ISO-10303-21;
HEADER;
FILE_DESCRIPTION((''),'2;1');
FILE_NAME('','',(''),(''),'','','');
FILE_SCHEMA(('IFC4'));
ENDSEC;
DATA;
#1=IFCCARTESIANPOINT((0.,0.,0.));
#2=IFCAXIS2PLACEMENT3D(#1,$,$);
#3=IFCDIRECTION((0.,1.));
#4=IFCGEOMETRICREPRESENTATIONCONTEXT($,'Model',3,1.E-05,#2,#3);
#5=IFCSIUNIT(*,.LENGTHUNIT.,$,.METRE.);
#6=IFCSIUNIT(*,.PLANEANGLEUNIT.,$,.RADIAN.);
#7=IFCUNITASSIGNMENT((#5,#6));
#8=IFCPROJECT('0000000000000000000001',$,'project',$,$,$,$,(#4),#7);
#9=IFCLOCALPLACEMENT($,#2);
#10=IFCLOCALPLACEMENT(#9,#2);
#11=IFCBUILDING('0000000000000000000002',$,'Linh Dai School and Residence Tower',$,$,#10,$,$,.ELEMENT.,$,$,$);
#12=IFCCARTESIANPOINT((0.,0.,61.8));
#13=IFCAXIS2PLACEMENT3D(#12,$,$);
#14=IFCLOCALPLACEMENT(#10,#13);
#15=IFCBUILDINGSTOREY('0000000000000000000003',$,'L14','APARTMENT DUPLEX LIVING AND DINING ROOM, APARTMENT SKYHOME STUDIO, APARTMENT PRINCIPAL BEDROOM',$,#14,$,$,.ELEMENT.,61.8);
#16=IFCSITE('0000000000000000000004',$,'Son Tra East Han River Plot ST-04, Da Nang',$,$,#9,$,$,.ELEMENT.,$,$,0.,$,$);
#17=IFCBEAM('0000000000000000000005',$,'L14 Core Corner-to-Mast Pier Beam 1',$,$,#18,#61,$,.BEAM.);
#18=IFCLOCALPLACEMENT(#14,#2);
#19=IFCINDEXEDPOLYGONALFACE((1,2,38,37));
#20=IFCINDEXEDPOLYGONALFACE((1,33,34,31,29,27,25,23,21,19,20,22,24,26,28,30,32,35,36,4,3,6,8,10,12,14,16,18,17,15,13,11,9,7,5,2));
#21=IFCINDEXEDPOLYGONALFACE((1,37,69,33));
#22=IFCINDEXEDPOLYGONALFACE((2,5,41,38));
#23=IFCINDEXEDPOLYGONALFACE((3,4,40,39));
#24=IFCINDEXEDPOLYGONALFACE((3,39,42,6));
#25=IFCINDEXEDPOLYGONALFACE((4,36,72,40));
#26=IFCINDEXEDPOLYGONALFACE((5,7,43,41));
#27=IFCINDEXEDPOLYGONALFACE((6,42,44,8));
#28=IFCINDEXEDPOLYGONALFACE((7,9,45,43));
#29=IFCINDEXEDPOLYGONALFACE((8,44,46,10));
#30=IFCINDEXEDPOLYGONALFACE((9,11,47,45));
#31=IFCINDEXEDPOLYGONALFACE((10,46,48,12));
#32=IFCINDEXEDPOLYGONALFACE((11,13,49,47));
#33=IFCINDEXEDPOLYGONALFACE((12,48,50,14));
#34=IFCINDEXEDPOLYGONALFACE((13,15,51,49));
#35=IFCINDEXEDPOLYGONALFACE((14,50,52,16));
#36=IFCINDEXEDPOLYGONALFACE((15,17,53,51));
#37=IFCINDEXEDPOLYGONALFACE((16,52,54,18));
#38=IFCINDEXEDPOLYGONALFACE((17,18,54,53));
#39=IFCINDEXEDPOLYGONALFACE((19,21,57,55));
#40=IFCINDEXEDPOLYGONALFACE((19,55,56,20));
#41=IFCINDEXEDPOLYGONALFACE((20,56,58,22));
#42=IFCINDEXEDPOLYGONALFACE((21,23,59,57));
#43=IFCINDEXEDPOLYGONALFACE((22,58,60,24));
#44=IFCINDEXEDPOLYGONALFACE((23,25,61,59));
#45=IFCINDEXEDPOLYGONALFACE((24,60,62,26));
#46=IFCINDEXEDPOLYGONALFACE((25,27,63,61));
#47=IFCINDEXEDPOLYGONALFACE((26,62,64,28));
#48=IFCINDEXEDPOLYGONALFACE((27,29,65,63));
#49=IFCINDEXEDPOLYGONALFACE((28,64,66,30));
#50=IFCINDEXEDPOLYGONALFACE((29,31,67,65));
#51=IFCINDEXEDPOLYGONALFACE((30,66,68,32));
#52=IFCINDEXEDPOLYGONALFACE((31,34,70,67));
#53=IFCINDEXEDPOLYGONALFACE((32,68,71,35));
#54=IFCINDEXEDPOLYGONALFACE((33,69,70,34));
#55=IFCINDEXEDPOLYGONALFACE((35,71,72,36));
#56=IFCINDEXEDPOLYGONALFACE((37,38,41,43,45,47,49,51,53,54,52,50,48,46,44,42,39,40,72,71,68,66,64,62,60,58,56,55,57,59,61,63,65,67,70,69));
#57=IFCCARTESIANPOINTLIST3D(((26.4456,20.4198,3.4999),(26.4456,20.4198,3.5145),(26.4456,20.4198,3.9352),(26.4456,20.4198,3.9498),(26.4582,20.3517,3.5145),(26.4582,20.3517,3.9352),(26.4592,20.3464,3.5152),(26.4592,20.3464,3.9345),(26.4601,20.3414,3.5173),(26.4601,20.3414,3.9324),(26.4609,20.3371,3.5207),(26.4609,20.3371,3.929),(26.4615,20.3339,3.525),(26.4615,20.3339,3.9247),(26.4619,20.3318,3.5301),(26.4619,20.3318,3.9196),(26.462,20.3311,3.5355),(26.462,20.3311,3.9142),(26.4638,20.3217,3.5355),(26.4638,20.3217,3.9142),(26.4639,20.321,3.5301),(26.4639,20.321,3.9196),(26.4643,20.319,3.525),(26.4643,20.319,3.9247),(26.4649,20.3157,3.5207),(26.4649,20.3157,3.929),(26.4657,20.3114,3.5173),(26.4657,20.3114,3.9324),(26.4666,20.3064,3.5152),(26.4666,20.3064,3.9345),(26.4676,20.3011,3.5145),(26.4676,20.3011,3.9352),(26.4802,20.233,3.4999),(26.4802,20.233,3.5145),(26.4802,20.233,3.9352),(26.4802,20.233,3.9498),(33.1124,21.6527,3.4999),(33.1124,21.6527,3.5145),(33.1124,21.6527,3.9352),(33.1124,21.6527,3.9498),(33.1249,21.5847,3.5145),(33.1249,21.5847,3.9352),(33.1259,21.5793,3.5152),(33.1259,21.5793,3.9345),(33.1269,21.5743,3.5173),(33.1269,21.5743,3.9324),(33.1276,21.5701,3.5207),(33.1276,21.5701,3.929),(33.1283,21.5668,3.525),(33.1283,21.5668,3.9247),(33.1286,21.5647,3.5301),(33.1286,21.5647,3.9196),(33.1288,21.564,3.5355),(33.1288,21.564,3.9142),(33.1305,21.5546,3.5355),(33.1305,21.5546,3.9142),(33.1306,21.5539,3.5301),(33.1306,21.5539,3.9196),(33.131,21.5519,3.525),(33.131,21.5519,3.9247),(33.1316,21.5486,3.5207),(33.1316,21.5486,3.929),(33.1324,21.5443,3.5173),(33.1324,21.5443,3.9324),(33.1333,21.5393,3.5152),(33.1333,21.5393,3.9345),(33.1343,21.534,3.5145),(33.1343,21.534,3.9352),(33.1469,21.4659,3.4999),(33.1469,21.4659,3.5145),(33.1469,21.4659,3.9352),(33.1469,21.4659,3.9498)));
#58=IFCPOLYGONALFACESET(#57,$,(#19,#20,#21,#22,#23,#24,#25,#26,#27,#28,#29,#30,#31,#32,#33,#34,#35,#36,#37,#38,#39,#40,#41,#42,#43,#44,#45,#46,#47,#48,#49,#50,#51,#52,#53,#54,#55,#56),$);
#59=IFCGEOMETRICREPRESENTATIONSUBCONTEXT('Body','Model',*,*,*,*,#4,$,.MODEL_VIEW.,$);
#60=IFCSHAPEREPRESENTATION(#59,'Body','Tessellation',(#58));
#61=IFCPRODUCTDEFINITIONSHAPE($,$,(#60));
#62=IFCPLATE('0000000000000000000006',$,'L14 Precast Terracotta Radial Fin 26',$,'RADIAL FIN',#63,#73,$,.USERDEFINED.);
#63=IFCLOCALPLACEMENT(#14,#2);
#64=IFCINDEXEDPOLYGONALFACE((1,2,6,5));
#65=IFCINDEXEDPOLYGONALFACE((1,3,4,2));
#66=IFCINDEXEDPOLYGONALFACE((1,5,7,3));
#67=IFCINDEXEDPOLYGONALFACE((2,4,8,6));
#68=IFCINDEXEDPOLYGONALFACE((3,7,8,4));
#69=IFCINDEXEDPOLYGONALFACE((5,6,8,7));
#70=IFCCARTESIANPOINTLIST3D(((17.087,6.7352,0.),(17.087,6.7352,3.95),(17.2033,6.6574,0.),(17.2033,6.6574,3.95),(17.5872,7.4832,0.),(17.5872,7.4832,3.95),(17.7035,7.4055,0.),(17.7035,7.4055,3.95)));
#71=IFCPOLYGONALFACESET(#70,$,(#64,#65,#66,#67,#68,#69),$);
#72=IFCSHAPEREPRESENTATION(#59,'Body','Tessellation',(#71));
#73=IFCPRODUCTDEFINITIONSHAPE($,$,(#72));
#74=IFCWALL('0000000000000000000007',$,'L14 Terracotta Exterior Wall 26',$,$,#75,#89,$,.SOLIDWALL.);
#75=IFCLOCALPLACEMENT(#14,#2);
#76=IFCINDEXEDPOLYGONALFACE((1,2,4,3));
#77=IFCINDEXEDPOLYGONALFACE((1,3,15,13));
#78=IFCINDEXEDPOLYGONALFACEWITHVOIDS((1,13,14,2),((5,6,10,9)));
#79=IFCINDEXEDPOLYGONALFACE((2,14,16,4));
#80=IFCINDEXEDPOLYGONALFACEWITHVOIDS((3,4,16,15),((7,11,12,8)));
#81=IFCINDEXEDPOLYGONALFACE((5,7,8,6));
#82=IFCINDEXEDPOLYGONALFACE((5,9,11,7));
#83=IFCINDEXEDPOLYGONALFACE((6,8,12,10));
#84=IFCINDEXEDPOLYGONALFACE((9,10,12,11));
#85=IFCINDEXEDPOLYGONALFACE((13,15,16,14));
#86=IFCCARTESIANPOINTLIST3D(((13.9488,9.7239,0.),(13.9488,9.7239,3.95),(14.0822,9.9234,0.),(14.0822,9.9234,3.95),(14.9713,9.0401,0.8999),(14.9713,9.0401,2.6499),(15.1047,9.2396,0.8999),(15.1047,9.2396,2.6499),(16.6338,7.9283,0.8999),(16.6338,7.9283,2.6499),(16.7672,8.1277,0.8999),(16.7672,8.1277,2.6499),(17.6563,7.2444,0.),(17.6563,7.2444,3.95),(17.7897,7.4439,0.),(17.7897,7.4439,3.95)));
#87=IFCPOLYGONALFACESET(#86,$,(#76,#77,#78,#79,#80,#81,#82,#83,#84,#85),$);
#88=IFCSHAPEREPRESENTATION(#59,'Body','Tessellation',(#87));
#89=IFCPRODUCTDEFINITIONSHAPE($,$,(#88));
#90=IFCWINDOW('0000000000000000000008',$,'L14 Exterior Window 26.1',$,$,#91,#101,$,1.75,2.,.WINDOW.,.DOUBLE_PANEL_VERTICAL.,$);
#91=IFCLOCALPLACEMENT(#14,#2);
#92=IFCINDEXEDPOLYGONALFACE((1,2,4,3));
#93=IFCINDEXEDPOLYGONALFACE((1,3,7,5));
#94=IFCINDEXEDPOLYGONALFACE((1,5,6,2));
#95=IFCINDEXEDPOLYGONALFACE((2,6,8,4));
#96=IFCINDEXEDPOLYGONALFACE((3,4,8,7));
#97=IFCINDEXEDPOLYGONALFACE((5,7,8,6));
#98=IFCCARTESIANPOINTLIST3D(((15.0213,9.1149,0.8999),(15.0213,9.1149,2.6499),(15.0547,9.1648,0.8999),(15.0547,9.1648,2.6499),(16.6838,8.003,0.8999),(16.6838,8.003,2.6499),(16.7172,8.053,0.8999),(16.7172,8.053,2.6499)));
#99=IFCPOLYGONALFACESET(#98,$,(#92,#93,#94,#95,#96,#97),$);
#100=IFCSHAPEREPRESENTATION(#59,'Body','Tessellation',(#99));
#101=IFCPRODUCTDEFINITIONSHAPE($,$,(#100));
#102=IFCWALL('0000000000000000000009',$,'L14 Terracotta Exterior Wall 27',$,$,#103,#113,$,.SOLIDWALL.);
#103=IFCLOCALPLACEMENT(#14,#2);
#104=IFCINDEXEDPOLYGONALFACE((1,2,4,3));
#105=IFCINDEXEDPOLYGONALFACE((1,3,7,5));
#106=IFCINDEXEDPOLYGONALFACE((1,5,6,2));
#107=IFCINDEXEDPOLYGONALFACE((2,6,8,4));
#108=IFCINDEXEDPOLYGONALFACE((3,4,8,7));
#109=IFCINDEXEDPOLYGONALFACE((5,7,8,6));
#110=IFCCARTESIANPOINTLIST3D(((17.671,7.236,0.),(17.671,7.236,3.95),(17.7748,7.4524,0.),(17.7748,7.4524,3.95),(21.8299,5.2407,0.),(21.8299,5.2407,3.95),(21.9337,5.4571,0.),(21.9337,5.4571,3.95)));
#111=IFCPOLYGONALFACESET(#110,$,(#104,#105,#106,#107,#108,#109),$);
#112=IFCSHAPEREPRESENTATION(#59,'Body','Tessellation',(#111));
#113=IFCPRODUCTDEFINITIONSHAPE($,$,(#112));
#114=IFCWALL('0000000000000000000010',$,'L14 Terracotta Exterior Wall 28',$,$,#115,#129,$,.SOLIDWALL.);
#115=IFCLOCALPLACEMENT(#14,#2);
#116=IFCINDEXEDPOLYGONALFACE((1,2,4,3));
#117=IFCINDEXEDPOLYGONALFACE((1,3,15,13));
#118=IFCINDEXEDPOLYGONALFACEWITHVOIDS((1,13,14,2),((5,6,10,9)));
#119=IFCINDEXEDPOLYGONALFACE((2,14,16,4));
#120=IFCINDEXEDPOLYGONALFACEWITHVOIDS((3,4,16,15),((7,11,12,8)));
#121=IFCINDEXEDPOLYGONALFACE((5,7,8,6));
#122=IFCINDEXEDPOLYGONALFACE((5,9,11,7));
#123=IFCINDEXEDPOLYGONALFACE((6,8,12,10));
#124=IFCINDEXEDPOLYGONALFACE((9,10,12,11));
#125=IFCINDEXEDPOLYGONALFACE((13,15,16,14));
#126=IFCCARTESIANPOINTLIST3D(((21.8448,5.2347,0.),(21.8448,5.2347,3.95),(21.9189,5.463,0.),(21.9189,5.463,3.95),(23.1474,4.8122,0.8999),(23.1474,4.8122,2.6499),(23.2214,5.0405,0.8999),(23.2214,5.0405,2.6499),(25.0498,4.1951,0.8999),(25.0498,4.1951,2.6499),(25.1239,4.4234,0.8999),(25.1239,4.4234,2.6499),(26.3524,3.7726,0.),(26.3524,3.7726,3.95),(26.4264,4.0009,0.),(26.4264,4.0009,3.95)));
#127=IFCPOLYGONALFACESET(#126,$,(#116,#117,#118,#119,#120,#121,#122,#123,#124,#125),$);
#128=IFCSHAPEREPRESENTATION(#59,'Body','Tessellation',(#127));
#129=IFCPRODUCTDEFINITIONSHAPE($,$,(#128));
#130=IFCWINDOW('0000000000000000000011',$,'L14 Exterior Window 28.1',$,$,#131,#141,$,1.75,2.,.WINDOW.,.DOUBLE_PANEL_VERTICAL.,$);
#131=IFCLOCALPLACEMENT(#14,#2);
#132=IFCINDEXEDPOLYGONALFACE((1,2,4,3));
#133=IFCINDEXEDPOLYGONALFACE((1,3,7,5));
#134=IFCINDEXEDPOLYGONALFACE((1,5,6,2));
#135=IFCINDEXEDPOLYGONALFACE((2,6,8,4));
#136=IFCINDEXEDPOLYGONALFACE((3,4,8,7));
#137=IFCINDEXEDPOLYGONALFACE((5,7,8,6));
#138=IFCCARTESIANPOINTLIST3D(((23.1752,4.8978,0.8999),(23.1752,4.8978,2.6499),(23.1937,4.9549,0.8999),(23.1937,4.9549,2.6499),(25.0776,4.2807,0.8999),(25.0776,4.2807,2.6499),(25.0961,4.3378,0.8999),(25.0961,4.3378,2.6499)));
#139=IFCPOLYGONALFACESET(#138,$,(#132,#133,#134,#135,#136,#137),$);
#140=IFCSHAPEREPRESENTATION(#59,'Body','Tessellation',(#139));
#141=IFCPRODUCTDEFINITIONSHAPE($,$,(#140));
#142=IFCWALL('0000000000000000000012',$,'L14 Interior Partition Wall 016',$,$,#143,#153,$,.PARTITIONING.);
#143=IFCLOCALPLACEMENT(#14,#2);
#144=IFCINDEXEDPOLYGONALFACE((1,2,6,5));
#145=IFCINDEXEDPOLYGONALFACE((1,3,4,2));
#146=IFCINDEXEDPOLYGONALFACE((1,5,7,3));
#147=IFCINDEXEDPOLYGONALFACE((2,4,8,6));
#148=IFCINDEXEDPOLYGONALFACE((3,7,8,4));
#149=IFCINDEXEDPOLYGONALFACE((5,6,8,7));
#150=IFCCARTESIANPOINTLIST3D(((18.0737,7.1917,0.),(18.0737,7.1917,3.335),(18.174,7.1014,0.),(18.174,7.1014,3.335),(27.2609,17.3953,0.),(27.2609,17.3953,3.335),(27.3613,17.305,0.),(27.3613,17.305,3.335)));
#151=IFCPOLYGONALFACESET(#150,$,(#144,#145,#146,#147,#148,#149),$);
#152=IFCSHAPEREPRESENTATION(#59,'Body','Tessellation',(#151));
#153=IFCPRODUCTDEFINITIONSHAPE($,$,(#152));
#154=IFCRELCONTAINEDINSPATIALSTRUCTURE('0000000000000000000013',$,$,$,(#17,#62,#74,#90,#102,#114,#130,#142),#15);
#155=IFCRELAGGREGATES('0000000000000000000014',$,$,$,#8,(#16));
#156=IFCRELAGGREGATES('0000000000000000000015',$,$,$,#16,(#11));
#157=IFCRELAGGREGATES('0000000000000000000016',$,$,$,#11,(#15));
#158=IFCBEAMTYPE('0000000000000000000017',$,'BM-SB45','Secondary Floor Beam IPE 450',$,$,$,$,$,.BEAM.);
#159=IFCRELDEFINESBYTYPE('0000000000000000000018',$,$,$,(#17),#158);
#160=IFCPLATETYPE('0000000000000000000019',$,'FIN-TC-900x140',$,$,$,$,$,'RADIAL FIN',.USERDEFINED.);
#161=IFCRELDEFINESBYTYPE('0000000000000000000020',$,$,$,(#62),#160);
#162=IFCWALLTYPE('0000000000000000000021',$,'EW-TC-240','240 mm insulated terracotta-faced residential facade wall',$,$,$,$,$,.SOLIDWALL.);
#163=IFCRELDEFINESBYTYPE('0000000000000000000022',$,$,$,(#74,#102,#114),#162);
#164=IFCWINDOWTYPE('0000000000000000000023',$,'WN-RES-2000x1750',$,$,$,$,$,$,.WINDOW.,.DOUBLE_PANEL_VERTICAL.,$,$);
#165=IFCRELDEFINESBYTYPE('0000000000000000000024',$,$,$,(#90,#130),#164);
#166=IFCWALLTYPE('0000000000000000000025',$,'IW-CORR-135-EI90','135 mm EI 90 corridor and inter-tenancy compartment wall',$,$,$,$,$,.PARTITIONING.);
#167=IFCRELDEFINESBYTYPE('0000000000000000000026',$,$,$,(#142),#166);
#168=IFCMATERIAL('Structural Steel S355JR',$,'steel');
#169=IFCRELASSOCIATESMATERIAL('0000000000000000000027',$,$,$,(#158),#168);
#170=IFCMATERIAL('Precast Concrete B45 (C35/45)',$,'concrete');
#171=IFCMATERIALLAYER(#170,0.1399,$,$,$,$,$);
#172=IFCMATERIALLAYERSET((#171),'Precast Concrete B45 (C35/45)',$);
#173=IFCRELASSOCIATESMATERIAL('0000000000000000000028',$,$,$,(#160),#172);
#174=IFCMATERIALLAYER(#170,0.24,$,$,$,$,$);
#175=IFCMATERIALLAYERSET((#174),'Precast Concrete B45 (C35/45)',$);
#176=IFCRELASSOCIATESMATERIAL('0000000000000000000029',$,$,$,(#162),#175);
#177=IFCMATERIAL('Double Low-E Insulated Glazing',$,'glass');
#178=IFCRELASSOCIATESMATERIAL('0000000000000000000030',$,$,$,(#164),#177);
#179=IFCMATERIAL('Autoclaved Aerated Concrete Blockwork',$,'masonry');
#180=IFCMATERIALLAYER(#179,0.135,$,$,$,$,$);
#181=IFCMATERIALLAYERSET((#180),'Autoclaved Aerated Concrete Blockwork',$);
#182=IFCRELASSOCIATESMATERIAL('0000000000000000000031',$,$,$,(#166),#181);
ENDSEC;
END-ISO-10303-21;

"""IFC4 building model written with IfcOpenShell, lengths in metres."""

from ifc_helpers import new_model, si_unit, direction, frame, frame_2d, origin, origin_2d, place, context, subcontext, project, spatial, rectangle, i_section, extrude, source, transform, mapped, material, layer, layer_set, material_profile, profile_set, type_object, element, fill, save


model = new_model("IFC4")

# Units and contexts
model_context = context("Model", 3, precision=1e-05, world=origin(), true_north=direction((0.0, 1.0)))
body_context = subcontext(model_context, "Body", "Model", "MODEL_VIEW")
ifc_project = project(units=[si_unit("LENGTHUNIT", "METRE"), si_unit("PLANEANGLEUNIT", "RADIAN")], contexts=[model_context])

# Site, building, storey
site_placement = place(None, origin())
site = spatial("IfcSite", under=ifc_project, at=site_placement, Name="Son Tra East Han River Plot ST-04, Da Nang", CompositionType="ELEMENT", RefElevation=0.0)
building_placement = place(site_placement, origin())
building = spatial("IfcBuilding", under=site, at=building_placement, Name="Linh Dai School and Residence Tower", CompositionType="ELEMENT")
storey_placement = place(building_placement, frame((0.0, 0.0, 61.8)))
storey = spatial("IfcBuildingStorey", under=building, at=storey_placement, Name="L14", Description="APARTMENT DUPLEX LIVING AND DINING ROOM, APARTMENT SKYHOME STUDIO, APARTMENT PRINCIPAL BEDROOM", CompositionType="ELEMENT", Elevation=61.8)

# Shared definitions
ifc_material_1 = material(Name="Structural Steel S355JR", Category="steel")

# Beam
ifc_material_profile_1 = material_profile(ifc_material_1, i_section(OverallWidth=0.1899, OverallDepth=0.45, WebThickness=0.0095, FlangeThickness=0.0146, FilletRadius=0.021, at=origin_2d()), Name="IPE 450")
ifc_profile_set_1 = profile_set([ifc_material_profile_1], Name="Structural Steel S355JR")
beam_type_1 = type_object("IfcBeamType", Name="BM-SB45", Description="Secondary Floor Beam IPE 450", PredefinedType="BEAM", material=ifc_profile_set_1)
beam_1_placement = place(storey_placement, frame((26.4629, 20.3264, 3.7249), z_axis=(0.983326, 0.181851, 0.0), x_axis=(-0.181851, 0.983326, 0.0)))
element("IfcBeam", 1, at=beam_1_placement, inside=storey, type_object=beam_type_1, Name="L14 Core Corner-to-Mast Pier Beam 1", PredefinedType="BEAM", context=body_context, shape_type="SweptSolid", body=[
    extrude(i_section(OverallWidth=0.1899, OverallDepth=0.45, WebThickness=0.0095, FlangeThickness=0.0146, FilletRadius=0.021, at=origin_2d()), origin(), (0.0, 0.0, 1.0), 6.7798),
])

# Plate
ifc_material_2 = material(Name="Precast Concrete B45 (C35/45)", Category="concrete")
ifc_layer_1 = layer(ifc_material_2, 0.1399)
ifc_layer_set_1 = layer_set([ifc_layer_1], Name="Precast Concrete B45 (C35/45)")
plate_type = type_object("IfcPlateType", Name="FIN-TC-900x140", ElementType="RADIAL FIN", PredefinedType="USERDEFINED", material=ifc_layer_set_1)
shared_shape_1 = source(origin(), body_context, "Body", "SweptSolid", [
    extrude(rectangle(XDim=0.8999, YDim=0.1399, at=origin_2d()), origin(), (0.0, 0.0, 1.0), 3.95),
])
plate_placement = place(storey_placement, frame((17.3953, 7.0703, 0.0), z_axis=(0.0, 0.0, 1.0), x_axis=(-0.555898, -0.831251, 0.0)))
element("IfcPlate", 2, at=plate_placement, inside=storey, type_object=plate_type, Name="L14 Precast Terracotta Radial Fin 26", ObjectType="RADIAL FIN", PredefinedType="USERDEFINED", context=body_context, shape_type="MappedRepresentation", body=[
    mapped(shared_shape_1, transform((0.0, 0.0, 0.0), x_axis=(1.0, 0.0, 0.0), y_axis=(0.0, 1.0, 0.0), z_axis=(0.0, 0.0, 1.0), scale=1.0)),
])

# Wall, opening, window
ifc_layer_2 = layer(ifc_material_2, 0.24)
ifc_layer_set_2 = layer_set([ifc_layer_2], Name="Precast Concrete B45 (C35/45)")
wall_type_1 = type_object("IfcWallType", Name="EW-TC-240", Description="240 mm insulated terracotta-faced residential facade wall", PredefinedType="SOLIDWALL", material=ifc_layer_set_2)
wall_1_placement = place(storey_placement, frame((17.7229, 7.3442, 0.0), z_axis=(0.0, 0.0, 1.0), x_axis=(-0.831241, 0.555912, 0.0)))
wall_1 = element("IfcWall", 3, at=wall_1_placement, inside=storey, type_object=wall_type_1, Name="L14 Terracotta Exterior Wall 26", PredefinedType="SOLIDWALL", context=body_context, shape_type="SweptSolid", body=[
    extrude(rectangle(XDim=4.4602, YDim=0.24, at=frame_2d((2.23, 0.0))), origin(), (0.0, 0.0, 1.0), 3.95),
])
opening_1_placement = place(wall_1_placement, frame((1.23, 0.0, 0.8999)))
opening_1 = element("IfcOpeningElement", 4, at=opening_1_placement, cuts=wall_1, PredefinedType="OPENING", context=body_context, shape_type="SweptSolid", body=[
    extrude(rectangle(XDim=2.0, YDim=1.75, at=origin_2d()), frame((1.0, 0.1299, 0.875), z_axis=(0.0, -1.0, 0.0), x_axis=(1.0, 0.0, 0.0)), (0.0, 0.0, 1.0), 0.26),
])
ifc_material_3 = material(Name="Double Low-E Insulated Glazing", Category="glass")
window_type = type_object("IfcWindowType", Name="WN-RES-2000x1750", PartitioningType="DOUBLE_PANEL_VERTICAL", PredefinedType="WINDOW", material=ifc_material_3)
shared_shape_2 = source(origin(), body_context, "Body", "SweptSolid", [
    extrude(rectangle(XDim=2.0, YDim=1.75, at=origin_2d()), frame((1.0, 0.03, 0.875), z_axis=(0.0, -1.0, 0.0), x_axis=(1.0, 0.0, 0.0)), (0.0, 0.0, 1.0), 0.0601),
])
window_1_placement = place(opening_1_placement, origin())
window_1 = element("IfcWindow", 5, at=window_1_placement, inside=storey, type_object=window_type, Name="L14 Exterior Window 26.1", OverallHeight=1.75, OverallWidth=2.0, PartitioningType="DOUBLE_PANEL_VERTICAL", PredefinedType="WINDOW", context=body_context, shape_type="MappedRepresentation", body=[
    mapped(shared_shape_2, transform((0.0, 0.0, 0.0), x_axis=(1.0, 0.0, 0.0), y_axis=(0.0, 1.0, 0.0), z_axis=(0.0, 0.0, 1.0), scale=1.0)),
])
fill(opening_1, window_1)

# Wall
wall_2_placement = place(storey_placement, frame((21.8818, 5.3489, 0.0), z_axis=(0.0, 0.0, 1.0), x_axis=(-0.901602, 0.432568, 0.0)))
element("IfcWall", 6, at=wall_2_placement, inside=storey, type_object=wall_type_1, Name="L14 Terracotta Exterior Wall 27", PredefinedType="SOLIDWALL", context=body_context, shape_type="SweptSolid", body=[
    extrude(rectangle(XDim=4.6128, YDim=0.24, at=frame_2d((2.3064, 0.0))), origin(), (0.0, 0.0, 1.0), 3.95),
])

# Wall, opening, window
wall_3_placement = place(storey_placement, frame((26.3894, 3.8867, 0.0), z_axis=(0.0, 0.0, 1.0), x_axis=(-0.951208, 0.308551, 0.0)))
wall_3 = element("IfcWall", 7, at=wall_3_placement, inside=storey, type_object=wall_type_1, Name="L14 Terracotta Exterior Wall 28", PredefinedType="SOLIDWALL", context=body_context, shape_type="SweptSolid", body=[
    extrude(rectangle(XDim=4.7388, YDim=0.24, at=frame_2d((2.3694, 0.0))), origin(), (0.0, 0.0, 1.0), 3.95),
])
opening_2_placement = place(wall_3_placement, frame((1.3694, 0.0, 0.8999)))
opening_2 = element("IfcOpeningElement", 8, at=opening_2_placement, cuts=wall_3, PredefinedType="OPENING", context=body_context, shape_type="SweptSolid", body=[
    extrude(rectangle(XDim=2.0, YDim=1.75, at=origin_2d()), frame((1.0, 0.1299, 0.875), z_axis=(0.0, -1.0, 0.0), x_axis=(1.0, 0.0, 0.0)), (0.0, 0.0, 1.0), 0.26),
])
window_2_placement = place(opening_2_placement, origin())
window_2 = element("IfcWindow", 9, at=window_2_placement, inside=storey, type_object=window_type, Name="L14 Exterior Window 28.1", OverallHeight=1.75, OverallWidth=2.0, PartitioningType="DOUBLE_PANEL_VERTICAL", PredefinedType="WINDOW", context=body_context, shape_type="MappedRepresentation", body=[
    mapped(shared_shape_2, transform((0.0, 0.0, 0.0), x_axis=(1.0, 0.0, 0.0), y_axis=(0.0, 1.0, 0.0), z_axis=(0.0, 0.0, 1.0), scale=1.0)),
])
fill(opening_2, window_2)

# Wall
ifc_material_4 = material(Name="Autoclaved Aerated Concrete Blockwork", Category="masonry")
ifc_layer_3 = layer(ifc_material_4, 0.135)
ifc_layer_set_3 = layer_set([ifc_layer_3], Name="Autoclaved Aerated Concrete Blockwork")
wall_type_2 = type_object("IfcWallType", Name="IW-CORR-135-EI90", Description="135 mm EI 90 corridor and inter-tenancy compartment wall", PredefinedType="PARTITIONING", material=ifc_layer_set_3)
wall_4_placement = place(storey_placement, frame((18.1238, 7.1465, 0.0), z_axis=(0.0, 0.0, 1.0), x_axis=(0.669126, 0.743149, 0.0)))
element("IfcWall", 10, at=wall_4_placement, inside=storey, type_object=wall_type_2, Name="L14 Interior Partition Wall 016", PredefinedType="PARTITIONING", context=body_context, shape_type="SweptSolid", body=[
    extrude(rectangle(XDim=13.7302, YDim=0.135, at=frame_2d((6.8652, 0.0))), origin(), (0.0, 0.0, 1.0), 3.335),
])

save(model, "model.ifc")
